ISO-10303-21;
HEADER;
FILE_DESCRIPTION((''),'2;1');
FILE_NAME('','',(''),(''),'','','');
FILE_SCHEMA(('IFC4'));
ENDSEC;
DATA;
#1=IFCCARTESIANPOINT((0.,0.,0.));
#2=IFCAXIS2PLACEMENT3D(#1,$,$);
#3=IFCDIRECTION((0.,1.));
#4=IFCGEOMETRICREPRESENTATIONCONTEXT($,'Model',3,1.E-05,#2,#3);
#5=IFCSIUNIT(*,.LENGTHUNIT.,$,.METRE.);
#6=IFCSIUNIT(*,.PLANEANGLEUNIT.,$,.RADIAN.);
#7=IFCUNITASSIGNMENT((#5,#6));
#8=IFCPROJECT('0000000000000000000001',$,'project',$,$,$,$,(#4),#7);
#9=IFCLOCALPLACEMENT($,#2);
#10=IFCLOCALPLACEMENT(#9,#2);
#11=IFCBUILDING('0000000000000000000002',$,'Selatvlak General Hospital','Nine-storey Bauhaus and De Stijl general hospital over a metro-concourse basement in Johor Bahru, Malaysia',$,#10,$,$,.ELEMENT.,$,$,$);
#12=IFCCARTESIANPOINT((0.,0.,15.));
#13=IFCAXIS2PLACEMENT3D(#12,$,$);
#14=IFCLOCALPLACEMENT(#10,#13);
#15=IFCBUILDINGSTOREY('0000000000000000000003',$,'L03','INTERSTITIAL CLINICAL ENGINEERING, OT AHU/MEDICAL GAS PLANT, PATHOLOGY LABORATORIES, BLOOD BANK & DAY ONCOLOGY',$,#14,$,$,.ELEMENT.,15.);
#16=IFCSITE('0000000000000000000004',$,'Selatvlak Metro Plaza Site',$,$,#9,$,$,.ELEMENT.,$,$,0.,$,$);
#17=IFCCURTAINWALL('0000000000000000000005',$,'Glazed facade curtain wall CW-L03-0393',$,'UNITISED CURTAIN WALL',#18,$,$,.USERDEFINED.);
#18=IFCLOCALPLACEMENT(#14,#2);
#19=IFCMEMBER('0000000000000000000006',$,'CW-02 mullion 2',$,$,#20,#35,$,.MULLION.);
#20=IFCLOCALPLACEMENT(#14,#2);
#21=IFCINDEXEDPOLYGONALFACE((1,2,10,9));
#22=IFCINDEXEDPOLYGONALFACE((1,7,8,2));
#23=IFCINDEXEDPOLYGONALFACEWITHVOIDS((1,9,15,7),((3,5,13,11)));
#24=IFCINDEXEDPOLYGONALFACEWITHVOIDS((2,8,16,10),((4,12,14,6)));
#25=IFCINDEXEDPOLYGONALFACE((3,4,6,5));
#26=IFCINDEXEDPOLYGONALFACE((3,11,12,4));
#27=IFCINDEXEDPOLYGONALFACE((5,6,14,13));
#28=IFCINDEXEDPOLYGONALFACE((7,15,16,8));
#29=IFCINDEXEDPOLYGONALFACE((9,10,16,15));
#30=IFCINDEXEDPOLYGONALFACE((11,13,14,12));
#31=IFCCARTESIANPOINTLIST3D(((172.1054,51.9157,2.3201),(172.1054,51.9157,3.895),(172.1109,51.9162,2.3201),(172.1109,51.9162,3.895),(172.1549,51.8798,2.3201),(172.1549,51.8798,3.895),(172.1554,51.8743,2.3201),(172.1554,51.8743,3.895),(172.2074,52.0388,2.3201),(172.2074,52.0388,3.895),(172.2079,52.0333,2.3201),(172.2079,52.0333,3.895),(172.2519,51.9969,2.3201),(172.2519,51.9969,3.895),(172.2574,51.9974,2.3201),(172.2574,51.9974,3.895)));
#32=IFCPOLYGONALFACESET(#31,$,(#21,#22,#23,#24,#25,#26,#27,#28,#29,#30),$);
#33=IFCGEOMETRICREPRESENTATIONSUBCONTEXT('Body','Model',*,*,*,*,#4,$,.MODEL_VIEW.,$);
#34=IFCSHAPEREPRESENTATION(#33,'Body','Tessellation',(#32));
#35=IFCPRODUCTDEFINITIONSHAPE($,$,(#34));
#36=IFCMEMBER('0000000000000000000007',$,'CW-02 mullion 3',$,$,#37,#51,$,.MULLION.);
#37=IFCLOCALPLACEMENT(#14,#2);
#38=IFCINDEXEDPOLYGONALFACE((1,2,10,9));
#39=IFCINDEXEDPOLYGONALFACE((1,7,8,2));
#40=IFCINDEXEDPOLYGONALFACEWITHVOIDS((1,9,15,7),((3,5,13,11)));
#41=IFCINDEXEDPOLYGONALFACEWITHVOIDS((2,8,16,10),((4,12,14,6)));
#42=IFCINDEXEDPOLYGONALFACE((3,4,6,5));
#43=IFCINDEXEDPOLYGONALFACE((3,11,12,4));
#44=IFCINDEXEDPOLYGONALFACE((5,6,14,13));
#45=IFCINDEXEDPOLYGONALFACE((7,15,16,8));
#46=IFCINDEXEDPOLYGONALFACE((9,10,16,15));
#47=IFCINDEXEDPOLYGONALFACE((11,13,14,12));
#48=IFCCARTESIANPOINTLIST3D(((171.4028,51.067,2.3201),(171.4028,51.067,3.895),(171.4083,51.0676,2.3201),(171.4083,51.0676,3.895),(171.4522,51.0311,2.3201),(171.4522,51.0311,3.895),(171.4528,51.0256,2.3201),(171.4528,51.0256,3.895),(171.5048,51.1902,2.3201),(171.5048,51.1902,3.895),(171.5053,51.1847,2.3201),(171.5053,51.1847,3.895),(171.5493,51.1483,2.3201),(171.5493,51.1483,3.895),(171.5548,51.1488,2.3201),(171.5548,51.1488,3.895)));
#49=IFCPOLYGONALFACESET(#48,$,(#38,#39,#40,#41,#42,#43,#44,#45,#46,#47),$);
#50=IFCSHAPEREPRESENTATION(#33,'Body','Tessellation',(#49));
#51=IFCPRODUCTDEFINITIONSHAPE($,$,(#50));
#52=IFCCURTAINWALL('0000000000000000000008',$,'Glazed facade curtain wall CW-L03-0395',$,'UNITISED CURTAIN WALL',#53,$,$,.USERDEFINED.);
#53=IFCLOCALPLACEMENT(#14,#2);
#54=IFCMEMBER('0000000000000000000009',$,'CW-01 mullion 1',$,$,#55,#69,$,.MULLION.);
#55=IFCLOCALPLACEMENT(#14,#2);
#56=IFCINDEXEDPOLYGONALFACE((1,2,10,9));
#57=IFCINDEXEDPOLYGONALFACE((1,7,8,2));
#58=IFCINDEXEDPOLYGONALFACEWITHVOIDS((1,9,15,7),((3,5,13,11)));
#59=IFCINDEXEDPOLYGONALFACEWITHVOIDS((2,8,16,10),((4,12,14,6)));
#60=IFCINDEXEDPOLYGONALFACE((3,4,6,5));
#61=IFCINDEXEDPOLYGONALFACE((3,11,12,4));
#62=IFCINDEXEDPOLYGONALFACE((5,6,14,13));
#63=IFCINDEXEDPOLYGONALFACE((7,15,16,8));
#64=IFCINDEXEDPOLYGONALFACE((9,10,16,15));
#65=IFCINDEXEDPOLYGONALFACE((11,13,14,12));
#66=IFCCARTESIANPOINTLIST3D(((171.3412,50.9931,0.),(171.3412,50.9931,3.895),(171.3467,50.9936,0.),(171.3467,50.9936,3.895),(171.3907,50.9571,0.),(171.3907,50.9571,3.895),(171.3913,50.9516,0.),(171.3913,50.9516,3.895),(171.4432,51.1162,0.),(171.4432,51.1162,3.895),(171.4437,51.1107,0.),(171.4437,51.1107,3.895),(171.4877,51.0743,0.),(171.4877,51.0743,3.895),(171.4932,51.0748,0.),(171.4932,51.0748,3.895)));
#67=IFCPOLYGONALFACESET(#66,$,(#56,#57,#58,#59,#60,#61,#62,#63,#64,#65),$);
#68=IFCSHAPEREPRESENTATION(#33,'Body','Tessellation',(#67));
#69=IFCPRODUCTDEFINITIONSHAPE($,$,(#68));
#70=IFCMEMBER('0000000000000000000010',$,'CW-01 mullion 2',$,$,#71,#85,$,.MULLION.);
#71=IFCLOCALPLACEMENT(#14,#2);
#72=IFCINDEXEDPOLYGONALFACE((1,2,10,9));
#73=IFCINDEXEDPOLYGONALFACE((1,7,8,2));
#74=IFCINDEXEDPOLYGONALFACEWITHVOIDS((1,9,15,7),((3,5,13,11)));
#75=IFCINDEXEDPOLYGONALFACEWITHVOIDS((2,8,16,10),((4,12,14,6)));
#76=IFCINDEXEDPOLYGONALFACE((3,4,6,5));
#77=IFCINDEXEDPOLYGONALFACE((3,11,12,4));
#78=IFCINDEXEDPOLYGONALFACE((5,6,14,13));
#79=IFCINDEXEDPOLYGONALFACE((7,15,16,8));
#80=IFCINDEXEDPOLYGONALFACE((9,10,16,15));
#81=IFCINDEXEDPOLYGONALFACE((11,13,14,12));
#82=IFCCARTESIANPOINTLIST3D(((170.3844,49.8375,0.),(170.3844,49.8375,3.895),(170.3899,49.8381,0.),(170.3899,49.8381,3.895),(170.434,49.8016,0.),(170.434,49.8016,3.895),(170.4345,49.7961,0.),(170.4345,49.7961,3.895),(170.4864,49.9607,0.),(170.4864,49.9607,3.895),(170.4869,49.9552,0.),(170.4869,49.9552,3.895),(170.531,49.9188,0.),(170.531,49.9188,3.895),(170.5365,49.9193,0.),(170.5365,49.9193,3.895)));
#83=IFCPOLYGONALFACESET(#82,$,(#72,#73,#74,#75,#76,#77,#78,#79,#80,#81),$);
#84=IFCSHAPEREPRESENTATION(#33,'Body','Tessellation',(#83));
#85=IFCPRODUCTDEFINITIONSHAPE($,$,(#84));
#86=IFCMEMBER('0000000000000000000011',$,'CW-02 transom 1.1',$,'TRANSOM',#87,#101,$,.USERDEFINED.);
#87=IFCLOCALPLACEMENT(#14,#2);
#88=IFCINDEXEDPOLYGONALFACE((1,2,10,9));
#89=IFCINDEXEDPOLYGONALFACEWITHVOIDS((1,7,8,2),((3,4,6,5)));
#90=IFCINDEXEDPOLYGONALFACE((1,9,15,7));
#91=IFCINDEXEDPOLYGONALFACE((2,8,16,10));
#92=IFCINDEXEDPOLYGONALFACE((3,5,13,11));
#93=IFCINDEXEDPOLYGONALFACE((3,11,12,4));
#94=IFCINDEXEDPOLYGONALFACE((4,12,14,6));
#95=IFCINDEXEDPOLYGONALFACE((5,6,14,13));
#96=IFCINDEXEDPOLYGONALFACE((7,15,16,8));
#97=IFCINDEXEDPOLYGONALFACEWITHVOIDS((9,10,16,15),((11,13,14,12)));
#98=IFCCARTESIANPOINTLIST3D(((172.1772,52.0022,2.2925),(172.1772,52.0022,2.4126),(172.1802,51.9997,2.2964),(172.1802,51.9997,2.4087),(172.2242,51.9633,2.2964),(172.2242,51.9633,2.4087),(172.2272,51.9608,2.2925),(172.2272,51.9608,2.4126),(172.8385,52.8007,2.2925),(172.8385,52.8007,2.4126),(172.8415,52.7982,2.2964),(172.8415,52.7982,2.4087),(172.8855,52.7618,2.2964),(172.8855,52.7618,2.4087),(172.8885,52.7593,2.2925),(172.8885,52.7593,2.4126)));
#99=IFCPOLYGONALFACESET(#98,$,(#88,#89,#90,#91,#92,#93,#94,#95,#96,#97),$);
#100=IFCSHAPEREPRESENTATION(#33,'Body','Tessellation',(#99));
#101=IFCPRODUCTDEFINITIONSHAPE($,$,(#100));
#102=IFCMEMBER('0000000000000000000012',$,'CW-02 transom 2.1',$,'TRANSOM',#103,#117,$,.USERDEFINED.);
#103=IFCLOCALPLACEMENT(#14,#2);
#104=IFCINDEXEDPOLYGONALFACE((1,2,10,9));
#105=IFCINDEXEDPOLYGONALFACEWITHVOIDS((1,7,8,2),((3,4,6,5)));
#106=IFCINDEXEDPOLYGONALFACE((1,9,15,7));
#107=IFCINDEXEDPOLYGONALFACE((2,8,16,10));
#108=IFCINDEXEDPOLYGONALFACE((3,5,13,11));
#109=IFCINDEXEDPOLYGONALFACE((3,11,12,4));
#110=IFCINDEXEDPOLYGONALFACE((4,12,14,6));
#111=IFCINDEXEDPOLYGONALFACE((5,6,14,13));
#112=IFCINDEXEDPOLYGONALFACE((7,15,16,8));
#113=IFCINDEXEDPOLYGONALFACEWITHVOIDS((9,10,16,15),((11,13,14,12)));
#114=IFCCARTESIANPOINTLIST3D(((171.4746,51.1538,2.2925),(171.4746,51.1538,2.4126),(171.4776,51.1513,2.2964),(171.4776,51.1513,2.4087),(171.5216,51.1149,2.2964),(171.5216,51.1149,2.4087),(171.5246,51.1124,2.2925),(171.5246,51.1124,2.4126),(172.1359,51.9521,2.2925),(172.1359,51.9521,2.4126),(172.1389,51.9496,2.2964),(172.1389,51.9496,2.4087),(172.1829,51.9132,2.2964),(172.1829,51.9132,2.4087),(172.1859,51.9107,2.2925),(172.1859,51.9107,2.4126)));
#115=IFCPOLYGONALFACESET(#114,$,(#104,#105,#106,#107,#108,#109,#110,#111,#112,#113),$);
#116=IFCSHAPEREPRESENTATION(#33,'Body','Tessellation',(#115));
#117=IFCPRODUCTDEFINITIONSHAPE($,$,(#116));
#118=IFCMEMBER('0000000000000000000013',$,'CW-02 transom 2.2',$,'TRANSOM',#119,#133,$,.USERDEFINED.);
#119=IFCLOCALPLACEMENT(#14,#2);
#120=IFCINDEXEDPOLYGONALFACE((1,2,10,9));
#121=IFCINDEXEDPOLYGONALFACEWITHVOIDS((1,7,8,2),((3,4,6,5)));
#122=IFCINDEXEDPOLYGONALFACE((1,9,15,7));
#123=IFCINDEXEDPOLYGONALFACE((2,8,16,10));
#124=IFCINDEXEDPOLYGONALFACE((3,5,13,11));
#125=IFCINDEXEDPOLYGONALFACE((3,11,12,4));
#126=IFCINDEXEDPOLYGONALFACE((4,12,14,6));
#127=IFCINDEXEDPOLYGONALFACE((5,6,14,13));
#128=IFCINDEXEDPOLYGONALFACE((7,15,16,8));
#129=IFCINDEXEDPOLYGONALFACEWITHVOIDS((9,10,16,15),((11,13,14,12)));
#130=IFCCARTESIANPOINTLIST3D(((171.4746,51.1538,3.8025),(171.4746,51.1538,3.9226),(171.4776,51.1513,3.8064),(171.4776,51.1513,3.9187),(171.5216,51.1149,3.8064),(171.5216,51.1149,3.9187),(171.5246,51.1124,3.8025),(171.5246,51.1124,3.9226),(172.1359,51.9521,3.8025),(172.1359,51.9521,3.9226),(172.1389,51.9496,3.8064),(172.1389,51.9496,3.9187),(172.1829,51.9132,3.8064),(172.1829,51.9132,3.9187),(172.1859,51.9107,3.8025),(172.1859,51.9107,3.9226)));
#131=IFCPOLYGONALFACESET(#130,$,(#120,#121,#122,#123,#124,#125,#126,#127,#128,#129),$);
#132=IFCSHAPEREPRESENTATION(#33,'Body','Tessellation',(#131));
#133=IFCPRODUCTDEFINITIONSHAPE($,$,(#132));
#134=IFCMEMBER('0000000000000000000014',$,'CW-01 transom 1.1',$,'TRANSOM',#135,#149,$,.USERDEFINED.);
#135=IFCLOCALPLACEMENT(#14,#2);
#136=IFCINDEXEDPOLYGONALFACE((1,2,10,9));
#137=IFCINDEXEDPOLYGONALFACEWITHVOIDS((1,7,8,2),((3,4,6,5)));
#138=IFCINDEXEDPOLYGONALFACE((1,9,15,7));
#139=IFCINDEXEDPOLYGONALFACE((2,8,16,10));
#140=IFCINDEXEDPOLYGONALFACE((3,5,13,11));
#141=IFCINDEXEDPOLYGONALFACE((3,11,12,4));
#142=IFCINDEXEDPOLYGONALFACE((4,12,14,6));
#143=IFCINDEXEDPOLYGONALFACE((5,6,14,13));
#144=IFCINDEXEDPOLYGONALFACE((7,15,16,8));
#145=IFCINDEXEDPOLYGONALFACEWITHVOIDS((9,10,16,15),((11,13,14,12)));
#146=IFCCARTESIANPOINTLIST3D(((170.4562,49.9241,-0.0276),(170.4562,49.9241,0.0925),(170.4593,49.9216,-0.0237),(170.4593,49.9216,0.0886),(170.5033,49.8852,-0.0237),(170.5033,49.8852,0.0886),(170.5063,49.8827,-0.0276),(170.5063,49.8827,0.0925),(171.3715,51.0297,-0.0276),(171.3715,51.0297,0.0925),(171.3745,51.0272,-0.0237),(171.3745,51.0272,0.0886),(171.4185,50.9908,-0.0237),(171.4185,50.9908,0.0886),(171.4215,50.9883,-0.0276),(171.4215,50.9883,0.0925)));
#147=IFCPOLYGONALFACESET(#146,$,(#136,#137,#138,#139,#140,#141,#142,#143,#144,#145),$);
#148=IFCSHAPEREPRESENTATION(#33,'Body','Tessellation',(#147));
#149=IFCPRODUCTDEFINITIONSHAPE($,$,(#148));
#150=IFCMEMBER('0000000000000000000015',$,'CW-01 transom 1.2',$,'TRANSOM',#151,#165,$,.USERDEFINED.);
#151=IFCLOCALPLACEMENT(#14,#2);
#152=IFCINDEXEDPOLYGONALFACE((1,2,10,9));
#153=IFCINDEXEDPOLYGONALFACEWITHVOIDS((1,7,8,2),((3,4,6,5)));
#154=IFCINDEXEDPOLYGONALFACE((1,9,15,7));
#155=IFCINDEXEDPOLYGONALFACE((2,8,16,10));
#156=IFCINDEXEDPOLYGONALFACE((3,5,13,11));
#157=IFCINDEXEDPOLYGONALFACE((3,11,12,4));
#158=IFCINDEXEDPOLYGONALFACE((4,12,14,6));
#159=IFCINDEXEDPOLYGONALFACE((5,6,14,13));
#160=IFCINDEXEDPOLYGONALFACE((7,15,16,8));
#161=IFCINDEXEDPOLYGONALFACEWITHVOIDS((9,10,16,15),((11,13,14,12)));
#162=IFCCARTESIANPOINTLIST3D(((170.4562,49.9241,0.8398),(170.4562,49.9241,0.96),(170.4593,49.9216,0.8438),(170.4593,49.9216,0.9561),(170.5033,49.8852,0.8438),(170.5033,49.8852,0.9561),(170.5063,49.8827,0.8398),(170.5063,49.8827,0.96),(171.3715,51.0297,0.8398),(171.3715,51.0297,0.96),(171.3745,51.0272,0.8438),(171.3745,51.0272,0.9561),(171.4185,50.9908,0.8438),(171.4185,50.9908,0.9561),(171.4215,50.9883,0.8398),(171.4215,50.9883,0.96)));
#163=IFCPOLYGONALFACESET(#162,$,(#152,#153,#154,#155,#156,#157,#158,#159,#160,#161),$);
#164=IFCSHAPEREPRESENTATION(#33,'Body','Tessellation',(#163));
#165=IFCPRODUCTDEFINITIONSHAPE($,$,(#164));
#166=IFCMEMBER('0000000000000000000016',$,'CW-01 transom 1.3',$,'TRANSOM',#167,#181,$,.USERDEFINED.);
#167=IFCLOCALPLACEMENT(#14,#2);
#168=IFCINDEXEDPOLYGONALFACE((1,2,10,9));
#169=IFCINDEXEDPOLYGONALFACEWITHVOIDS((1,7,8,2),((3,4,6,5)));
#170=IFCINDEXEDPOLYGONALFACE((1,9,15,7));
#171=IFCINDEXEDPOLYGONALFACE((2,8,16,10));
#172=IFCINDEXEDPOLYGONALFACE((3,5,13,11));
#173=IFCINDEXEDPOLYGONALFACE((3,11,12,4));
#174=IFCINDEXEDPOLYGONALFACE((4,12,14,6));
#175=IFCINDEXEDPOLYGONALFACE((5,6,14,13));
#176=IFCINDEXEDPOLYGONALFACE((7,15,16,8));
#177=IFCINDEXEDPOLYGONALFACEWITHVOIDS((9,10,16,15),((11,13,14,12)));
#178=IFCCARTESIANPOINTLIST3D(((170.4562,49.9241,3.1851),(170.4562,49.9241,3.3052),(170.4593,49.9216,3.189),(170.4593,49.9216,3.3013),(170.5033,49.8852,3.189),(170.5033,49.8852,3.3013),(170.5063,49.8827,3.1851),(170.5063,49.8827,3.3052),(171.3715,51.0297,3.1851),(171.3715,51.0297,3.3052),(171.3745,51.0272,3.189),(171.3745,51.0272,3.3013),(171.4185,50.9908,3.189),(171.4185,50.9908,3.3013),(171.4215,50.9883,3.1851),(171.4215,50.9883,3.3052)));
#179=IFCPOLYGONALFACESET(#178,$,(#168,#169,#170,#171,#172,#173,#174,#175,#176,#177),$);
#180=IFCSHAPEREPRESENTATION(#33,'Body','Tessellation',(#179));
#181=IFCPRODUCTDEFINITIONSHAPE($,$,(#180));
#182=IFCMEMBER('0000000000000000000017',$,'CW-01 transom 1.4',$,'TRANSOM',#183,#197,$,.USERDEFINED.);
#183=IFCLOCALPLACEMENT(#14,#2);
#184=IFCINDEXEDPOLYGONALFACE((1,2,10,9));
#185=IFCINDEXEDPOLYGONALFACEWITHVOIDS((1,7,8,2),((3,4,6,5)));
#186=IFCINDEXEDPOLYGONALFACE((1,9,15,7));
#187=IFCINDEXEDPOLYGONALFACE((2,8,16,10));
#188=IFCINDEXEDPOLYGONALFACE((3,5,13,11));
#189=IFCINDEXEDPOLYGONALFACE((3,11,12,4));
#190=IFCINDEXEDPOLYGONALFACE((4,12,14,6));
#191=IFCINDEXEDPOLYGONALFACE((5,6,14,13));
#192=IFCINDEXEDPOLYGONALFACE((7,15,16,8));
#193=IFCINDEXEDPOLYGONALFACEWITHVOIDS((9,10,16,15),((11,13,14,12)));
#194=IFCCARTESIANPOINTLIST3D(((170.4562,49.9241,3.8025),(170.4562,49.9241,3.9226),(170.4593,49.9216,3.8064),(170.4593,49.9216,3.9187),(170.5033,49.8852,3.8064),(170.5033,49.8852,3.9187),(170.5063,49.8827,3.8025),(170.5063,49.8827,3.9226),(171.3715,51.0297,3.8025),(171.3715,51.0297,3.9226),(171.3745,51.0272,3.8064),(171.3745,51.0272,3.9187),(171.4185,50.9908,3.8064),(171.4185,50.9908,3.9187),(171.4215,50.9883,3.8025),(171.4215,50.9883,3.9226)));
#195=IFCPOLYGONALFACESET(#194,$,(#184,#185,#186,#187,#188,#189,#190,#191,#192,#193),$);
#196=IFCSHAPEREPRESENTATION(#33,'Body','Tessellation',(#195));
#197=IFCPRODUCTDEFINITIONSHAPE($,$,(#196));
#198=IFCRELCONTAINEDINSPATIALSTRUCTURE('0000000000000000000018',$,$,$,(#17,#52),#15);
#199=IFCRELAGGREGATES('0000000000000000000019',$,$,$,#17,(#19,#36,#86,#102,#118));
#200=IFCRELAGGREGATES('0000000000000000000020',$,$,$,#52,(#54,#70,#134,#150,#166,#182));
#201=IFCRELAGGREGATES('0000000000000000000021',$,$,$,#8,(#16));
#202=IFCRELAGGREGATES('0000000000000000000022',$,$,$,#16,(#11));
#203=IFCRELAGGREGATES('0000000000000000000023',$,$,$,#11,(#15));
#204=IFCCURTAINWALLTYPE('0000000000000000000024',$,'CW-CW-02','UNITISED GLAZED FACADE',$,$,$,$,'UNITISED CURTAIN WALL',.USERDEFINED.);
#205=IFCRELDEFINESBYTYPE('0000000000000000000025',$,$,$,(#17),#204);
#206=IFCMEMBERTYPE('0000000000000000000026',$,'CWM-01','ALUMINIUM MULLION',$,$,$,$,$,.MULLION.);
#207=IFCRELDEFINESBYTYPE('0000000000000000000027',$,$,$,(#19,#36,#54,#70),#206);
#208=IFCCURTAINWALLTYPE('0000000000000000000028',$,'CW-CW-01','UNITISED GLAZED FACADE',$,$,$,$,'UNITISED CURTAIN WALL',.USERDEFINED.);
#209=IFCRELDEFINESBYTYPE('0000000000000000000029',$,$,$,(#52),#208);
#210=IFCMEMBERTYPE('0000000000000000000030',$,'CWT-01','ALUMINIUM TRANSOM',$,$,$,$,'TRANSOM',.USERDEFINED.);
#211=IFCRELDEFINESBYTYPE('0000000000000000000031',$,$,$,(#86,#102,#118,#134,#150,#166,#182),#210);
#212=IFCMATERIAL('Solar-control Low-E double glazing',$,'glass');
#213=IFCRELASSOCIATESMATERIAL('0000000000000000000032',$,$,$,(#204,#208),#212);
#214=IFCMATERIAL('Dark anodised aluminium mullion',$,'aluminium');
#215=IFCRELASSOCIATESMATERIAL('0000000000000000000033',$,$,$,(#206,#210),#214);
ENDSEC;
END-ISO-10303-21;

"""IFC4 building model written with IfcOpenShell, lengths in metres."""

from ifc_helpers import new_model, si_unit, direction, frame, origin, origin_2d, place, context, subcontext, project, spatial, hollow_rectangle, extrude, material, material_profile, profile_set, type_object, element, aggregate, save


model = new_model("IFC4")

# Units and contexts
model_context = context("Model", 3, precision=1e-05, world=origin(), true_north=direction((0.0, 1.0)))
body_context = subcontext(model_context, "Body", "Model", "MODEL_VIEW")
ifc_project = project(units=[si_unit("LENGTHUNIT", "METRE"), si_unit("PLANEANGLEUNIT", "RADIAN")], contexts=[model_context])

# Site, building, storey
site_placement = place(None, origin())
site = spatial("IfcSite", under=ifc_project, at=site_placement, Name="Selatvlak Metro Plaza Site", CompositionType="ELEMENT", RefElevation=0.0)
building_placement = place(site_placement, origin())
building = spatial("IfcBuilding", under=site, at=building_placement, Name="Selatvlak General Hospital", Description="Nine-storey Bauhaus and De Stijl general hospital over a metro-concourse basement in Johor Bahru, Malaysia", CompositionType="ELEMENT")
storey_placement = place(building_placement, frame((0.0, 0.0, 15.0)))
storey = spatial("IfcBuildingStorey", under=building, at=storey_placement, Name="L03", Description="INTERSTITIAL CLINICAL ENGINEERING, OT AHU/MEDICAL GAS PLANT, PATHOLOGY LABORATORIES, BLOOD BANK & DAY ONCOLOGY", CompositionType="ELEMENT", Elevation=15.0)

# Curtain walls, members
ifc_material_1 = material(Name="Solar-control Low-E double glazing", Category="glass")
curtain_wall_type_1 = type_object("IfcCurtainWallType", Name="CW-CW-02", Description="UNITISED GLAZED FACADE", ElementType="UNITISED CURTAIN WALL", PredefinedType="USERDEFINED", material=ifc_material_1)
curtain_wall_1_placement = place(storey_placement, origin())
curtain_wall_1 = element("IfcCurtainWall", 1, at=curtain_wall_1_placement, inside=storey, type_object=curtain_wall_type_1, Name="Glazed facade curtain wall CW-L03-0393", ObjectType="UNITISED CURTAIN WALL", PredefinedType="USERDEFINED")
ifc_material_2 = material(Name="Dark anodised aluminium mullion", Category="aluminium")
ifc_material_profile_1 = material_profile(ifc_material_2, hollow_rectangle(XDim=0.0649, YDim=0.1599, WallThickness=0.0039, at=origin_2d()), Name="AL-MUL 65x160x4")
ifc_profile_set_1 = profile_set([ifc_material_profile_1], Name="Dark anodised aluminium mullion")
member_type_1 = type_object("IfcMemberType", Name="CWM-01", Description="ALUMINIUM MULLION", PredefinedType="MULLION", material=ifc_profile_set_1)
member_1_placement = place(storey_placement, frame((172.1814, 51.9565, 2.3201), z_axis=(0.0, 0.0, 1.0), x_axis=(0.770133, -0.637883, 0.0)))
member_1 = element("IfcMember", 2, at=member_1_placement, type_object=member_type_1, Name="CW-02 mullion 2", PredefinedType="MULLION", context=body_context, shape_type="SweptSolid", body=[
    extrude(hollow_rectangle(XDim=0.0649, YDim=0.1599, WallThickness=0.0039, at=origin_2d()), origin(), (0.0, 0.0, 1.0), 1.575),
])
member_2_placement = place(storey_placement, frame((171.4788, 51.1079, 2.3201), z_axis=(0.0, 0.0, 1.0), x_axis=(0.770133, -0.637883, 0.0)))
member_2 = element("IfcMember", 3, at=member_2_placement, type_object=member_type_1, Name="CW-02 mullion 3", PredefinedType="MULLION", context=body_context, shape_type="SweptSolid", body=[
    extrude(hollow_rectangle(XDim=0.0649, YDim=0.1599, WallThickness=0.0039, at=origin_2d()), origin(), (0.0, 0.0, 1.0), 1.575),
])
curtain_wall_type_2 = type_object("IfcCurtainWallType", Name="CW-CW-01", Description="UNITISED GLAZED FACADE", ElementType="UNITISED CURTAIN WALL", PredefinedType="USERDEFINED", material=ifc_material_1)
curtain_wall_2_placement = place(storey_placement, origin())
curtain_wall_2 = element("IfcCurtainWall", 4, at=curtain_wall_2_placement, inside=storey, type_object=curtain_wall_type_2, Name="Glazed facade curtain wall CW-L03-0395", ObjectType="UNITISED CURTAIN WALL", PredefinedType="USERDEFINED")
member_3_placement = place(storey_placement, frame((171.4172, 51.0339, 0.0), z_axis=(0.0, 0.0, 1.0), x_axis=(0.770267, -0.637721, 0.0)))
member_3 = element("IfcMember", 5, at=member_3_placement, type_object=member_type_1, Name="CW-01 mullion 1", PredefinedType="MULLION", context=body_context, shape_type="SweptSolid", body=[
    extrude(hollow_rectangle(XDim=0.0649, YDim=0.1599, WallThickness=0.0039, at=origin_2d()), origin(), (0.0, 0.0, 1.0), 3.895),
])
member_4_placement = place(storey_placement, frame((170.4604, 49.8784, 0.0), z_axis=(0.0, 0.0, 1.0), x_axis=(0.770267, -0.637721, 0.0)))
member_4 = element("IfcMember", 6, at=member_4_placement, type_object=member_type_1, Name="CW-01 mullion 2", PredefinedType="MULLION", context=body_context, shape_type="SweptSolid", body=[
    extrude(hollow_rectangle(XDim=0.0649, YDim=0.1599, WallThickness=0.0039, at=origin_2d()), origin(), (0.0, 0.0, 1.0), 3.895),
])

# Members
ifc_material_profile_2 = material_profile(ifc_material_2, hollow_rectangle(XDim=0.0649, YDim=0.1201, WallThickness=0.0039, at=origin_2d()), Name="AL-TRN 65x120x4")
ifc_profile_set_2 = profile_set([ifc_material_profile_2], Name="Dark anodised aluminium mullion")
member_type_2 = type_object("IfcMemberType", Name="CWT-01", Description="ALUMINIUM TRANSOM", ElementType="TRANSOM", PredefinedType="USERDEFINED", material=ifc_profile_set_2)
member_5_placement = place(storey_placement, frame((172.8635, 52.78, 2.3525), z_axis=(-0.637842, -0.770167, 0.0), x_axis=(0.770167, -0.637842, 0.0)))
member_5 = element("IfcMember", 7, at=member_5_placement, type_object=member_type_2, Name="CW-02 transom 1.1", ObjectType="TRANSOM", PredefinedType="USERDEFINED", context=body_context, shape_type="SweptSolid", body=[
    extrude(hollow_rectangle(XDim=0.0649, YDim=0.1201, WallThickness=0.0039, at=origin_2d()), origin(), (0.0, 0.0, 1.0), 1.0369),
])
member_6_placement = place(storey_placement, frame((172.1609, 51.9314, 2.3525), z_axis=(-0.637958, -0.770071, 0.0), x_axis=(0.770071, -0.637958, 0.0)))
member_6 = element("IfcMember", 8, at=member_6_placement, type_object=member_type_2, Name="CW-02 transom 2.1", ObjectType="TRANSOM", PredefinedType="USERDEFINED", context=body_context, shape_type="SweptSolid", body=[
    extrude(hollow_rectangle(XDim=0.0649, YDim=0.1201, WallThickness=0.0039, at=origin_2d()), origin(), (0.0, 0.0, 1.0), 1.0366),
])
member_7_placement = place(storey_placement, frame((172.1609, 51.9314, 3.8625), z_axis=(-0.637958, -0.770071, 0.0), x_axis=(0.770071, -0.637958, 0.0)))
member_7 = element("IfcMember", 9, at=member_7_placement, type_object=member_type_2, Name="CW-02 transom 2.2", ObjectType="TRANSOM", PredefinedType="USERDEFINED", context=body_context, shape_type="SweptSolid", body=[
    extrude(hollow_rectangle(XDim=0.0649, YDim=0.1201, WallThickness=0.0039, at=origin_2d()), origin(), (0.0, 0.0, 1.0), 1.0366),
])
member_8_placement = place(storey_placement, frame((171.3965, 51.009, 0.0325), z_axis=(-0.637655, -0.770322, 0.0), x_axis=(0.770322, -0.637655, 0.0)))
member_8 = element("IfcMember", 10, at=member_8_placement, type_object=member_type_2, Name="CW-01 transom 1.1", ObjectType="TRANSOM", PredefinedType="USERDEFINED", context=body_context, shape_type="SweptSolid", body=[
    extrude(hollow_rectangle(XDim=0.0649, YDim=0.1201, WallThickness=0.0039, at=origin_2d()), origin(), (0.0, 0.0, 1.0), 1.4353),
])
member_9_placement = place(storey_placement, frame((171.3965, 51.009, 0.8999), z_axis=(-0.637655, -0.770322, 0.0), x_axis=(0.770322, -0.637655, 0.0)))
member_9 = element("IfcMember", 11, at=member_9_placement, type_object=member_type_2, Name="CW-01 transom 1.2", ObjectType="TRANSOM", PredefinedType="USERDEFINED", context=body_context, shape_type="SweptSolid", body=[
    extrude(hollow_rectangle(XDim=0.0649, YDim=0.1201, WallThickness=0.0039, at=origin_2d()), origin(), (0.0, 0.0, 1.0), 1.4353),
])
member_10_placement = place(storey_placement, frame((171.3965, 51.009, 3.2451), z_axis=(-0.637655, -0.770322, 0.0), x_axis=(0.770322, -0.637655, 0.0)))
member_10 = element("IfcMember", 12, at=member_10_placement, type_object=member_type_2, Name="CW-01 transom 1.3", ObjectType="TRANSOM", PredefinedType="USERDEFINED", context=body_context, shape_type="SweptSolid", body=[
    extrude(hollow_rectangle(XDim=0.0649, YDim=0.1201, WallThickness=0.0039, at=origin_2d()), origin(), (0.0, 0.0, 1.0), 1.4353),
])
member_11_placement = place(storey_placement, frame((171.3965, 51.009, 3.8625), z_axis=(-0.637655, -0.770322, 0.0), x_axis=(0.770322, -0.637655, 0.0)))
member_11 = element("IfcMember", 13, at=member_11_placement, type_object=member_type_2, Name="CW-01 transom 1.4", ObjectType="TRANSOM", PredefinedType="USERDEFINED", context=body_context, shape_type="SweptSolid", body=[
    extrude(hollow_rectangle(XDim=0.0649, YDim=0.1201, WallThickness=0.0039, at=origin_2d()), origin(), (0.0, 0.0, 1.0), 1.4353),
])

aggregate(curtain_wall_1, [member_1, member_2, member_5, member_6, member_7])
aggregate(curtain_wall_2, [member_3, member_4, member_8, member_9, member_10, member_11])

save(model, "model.ifc")
